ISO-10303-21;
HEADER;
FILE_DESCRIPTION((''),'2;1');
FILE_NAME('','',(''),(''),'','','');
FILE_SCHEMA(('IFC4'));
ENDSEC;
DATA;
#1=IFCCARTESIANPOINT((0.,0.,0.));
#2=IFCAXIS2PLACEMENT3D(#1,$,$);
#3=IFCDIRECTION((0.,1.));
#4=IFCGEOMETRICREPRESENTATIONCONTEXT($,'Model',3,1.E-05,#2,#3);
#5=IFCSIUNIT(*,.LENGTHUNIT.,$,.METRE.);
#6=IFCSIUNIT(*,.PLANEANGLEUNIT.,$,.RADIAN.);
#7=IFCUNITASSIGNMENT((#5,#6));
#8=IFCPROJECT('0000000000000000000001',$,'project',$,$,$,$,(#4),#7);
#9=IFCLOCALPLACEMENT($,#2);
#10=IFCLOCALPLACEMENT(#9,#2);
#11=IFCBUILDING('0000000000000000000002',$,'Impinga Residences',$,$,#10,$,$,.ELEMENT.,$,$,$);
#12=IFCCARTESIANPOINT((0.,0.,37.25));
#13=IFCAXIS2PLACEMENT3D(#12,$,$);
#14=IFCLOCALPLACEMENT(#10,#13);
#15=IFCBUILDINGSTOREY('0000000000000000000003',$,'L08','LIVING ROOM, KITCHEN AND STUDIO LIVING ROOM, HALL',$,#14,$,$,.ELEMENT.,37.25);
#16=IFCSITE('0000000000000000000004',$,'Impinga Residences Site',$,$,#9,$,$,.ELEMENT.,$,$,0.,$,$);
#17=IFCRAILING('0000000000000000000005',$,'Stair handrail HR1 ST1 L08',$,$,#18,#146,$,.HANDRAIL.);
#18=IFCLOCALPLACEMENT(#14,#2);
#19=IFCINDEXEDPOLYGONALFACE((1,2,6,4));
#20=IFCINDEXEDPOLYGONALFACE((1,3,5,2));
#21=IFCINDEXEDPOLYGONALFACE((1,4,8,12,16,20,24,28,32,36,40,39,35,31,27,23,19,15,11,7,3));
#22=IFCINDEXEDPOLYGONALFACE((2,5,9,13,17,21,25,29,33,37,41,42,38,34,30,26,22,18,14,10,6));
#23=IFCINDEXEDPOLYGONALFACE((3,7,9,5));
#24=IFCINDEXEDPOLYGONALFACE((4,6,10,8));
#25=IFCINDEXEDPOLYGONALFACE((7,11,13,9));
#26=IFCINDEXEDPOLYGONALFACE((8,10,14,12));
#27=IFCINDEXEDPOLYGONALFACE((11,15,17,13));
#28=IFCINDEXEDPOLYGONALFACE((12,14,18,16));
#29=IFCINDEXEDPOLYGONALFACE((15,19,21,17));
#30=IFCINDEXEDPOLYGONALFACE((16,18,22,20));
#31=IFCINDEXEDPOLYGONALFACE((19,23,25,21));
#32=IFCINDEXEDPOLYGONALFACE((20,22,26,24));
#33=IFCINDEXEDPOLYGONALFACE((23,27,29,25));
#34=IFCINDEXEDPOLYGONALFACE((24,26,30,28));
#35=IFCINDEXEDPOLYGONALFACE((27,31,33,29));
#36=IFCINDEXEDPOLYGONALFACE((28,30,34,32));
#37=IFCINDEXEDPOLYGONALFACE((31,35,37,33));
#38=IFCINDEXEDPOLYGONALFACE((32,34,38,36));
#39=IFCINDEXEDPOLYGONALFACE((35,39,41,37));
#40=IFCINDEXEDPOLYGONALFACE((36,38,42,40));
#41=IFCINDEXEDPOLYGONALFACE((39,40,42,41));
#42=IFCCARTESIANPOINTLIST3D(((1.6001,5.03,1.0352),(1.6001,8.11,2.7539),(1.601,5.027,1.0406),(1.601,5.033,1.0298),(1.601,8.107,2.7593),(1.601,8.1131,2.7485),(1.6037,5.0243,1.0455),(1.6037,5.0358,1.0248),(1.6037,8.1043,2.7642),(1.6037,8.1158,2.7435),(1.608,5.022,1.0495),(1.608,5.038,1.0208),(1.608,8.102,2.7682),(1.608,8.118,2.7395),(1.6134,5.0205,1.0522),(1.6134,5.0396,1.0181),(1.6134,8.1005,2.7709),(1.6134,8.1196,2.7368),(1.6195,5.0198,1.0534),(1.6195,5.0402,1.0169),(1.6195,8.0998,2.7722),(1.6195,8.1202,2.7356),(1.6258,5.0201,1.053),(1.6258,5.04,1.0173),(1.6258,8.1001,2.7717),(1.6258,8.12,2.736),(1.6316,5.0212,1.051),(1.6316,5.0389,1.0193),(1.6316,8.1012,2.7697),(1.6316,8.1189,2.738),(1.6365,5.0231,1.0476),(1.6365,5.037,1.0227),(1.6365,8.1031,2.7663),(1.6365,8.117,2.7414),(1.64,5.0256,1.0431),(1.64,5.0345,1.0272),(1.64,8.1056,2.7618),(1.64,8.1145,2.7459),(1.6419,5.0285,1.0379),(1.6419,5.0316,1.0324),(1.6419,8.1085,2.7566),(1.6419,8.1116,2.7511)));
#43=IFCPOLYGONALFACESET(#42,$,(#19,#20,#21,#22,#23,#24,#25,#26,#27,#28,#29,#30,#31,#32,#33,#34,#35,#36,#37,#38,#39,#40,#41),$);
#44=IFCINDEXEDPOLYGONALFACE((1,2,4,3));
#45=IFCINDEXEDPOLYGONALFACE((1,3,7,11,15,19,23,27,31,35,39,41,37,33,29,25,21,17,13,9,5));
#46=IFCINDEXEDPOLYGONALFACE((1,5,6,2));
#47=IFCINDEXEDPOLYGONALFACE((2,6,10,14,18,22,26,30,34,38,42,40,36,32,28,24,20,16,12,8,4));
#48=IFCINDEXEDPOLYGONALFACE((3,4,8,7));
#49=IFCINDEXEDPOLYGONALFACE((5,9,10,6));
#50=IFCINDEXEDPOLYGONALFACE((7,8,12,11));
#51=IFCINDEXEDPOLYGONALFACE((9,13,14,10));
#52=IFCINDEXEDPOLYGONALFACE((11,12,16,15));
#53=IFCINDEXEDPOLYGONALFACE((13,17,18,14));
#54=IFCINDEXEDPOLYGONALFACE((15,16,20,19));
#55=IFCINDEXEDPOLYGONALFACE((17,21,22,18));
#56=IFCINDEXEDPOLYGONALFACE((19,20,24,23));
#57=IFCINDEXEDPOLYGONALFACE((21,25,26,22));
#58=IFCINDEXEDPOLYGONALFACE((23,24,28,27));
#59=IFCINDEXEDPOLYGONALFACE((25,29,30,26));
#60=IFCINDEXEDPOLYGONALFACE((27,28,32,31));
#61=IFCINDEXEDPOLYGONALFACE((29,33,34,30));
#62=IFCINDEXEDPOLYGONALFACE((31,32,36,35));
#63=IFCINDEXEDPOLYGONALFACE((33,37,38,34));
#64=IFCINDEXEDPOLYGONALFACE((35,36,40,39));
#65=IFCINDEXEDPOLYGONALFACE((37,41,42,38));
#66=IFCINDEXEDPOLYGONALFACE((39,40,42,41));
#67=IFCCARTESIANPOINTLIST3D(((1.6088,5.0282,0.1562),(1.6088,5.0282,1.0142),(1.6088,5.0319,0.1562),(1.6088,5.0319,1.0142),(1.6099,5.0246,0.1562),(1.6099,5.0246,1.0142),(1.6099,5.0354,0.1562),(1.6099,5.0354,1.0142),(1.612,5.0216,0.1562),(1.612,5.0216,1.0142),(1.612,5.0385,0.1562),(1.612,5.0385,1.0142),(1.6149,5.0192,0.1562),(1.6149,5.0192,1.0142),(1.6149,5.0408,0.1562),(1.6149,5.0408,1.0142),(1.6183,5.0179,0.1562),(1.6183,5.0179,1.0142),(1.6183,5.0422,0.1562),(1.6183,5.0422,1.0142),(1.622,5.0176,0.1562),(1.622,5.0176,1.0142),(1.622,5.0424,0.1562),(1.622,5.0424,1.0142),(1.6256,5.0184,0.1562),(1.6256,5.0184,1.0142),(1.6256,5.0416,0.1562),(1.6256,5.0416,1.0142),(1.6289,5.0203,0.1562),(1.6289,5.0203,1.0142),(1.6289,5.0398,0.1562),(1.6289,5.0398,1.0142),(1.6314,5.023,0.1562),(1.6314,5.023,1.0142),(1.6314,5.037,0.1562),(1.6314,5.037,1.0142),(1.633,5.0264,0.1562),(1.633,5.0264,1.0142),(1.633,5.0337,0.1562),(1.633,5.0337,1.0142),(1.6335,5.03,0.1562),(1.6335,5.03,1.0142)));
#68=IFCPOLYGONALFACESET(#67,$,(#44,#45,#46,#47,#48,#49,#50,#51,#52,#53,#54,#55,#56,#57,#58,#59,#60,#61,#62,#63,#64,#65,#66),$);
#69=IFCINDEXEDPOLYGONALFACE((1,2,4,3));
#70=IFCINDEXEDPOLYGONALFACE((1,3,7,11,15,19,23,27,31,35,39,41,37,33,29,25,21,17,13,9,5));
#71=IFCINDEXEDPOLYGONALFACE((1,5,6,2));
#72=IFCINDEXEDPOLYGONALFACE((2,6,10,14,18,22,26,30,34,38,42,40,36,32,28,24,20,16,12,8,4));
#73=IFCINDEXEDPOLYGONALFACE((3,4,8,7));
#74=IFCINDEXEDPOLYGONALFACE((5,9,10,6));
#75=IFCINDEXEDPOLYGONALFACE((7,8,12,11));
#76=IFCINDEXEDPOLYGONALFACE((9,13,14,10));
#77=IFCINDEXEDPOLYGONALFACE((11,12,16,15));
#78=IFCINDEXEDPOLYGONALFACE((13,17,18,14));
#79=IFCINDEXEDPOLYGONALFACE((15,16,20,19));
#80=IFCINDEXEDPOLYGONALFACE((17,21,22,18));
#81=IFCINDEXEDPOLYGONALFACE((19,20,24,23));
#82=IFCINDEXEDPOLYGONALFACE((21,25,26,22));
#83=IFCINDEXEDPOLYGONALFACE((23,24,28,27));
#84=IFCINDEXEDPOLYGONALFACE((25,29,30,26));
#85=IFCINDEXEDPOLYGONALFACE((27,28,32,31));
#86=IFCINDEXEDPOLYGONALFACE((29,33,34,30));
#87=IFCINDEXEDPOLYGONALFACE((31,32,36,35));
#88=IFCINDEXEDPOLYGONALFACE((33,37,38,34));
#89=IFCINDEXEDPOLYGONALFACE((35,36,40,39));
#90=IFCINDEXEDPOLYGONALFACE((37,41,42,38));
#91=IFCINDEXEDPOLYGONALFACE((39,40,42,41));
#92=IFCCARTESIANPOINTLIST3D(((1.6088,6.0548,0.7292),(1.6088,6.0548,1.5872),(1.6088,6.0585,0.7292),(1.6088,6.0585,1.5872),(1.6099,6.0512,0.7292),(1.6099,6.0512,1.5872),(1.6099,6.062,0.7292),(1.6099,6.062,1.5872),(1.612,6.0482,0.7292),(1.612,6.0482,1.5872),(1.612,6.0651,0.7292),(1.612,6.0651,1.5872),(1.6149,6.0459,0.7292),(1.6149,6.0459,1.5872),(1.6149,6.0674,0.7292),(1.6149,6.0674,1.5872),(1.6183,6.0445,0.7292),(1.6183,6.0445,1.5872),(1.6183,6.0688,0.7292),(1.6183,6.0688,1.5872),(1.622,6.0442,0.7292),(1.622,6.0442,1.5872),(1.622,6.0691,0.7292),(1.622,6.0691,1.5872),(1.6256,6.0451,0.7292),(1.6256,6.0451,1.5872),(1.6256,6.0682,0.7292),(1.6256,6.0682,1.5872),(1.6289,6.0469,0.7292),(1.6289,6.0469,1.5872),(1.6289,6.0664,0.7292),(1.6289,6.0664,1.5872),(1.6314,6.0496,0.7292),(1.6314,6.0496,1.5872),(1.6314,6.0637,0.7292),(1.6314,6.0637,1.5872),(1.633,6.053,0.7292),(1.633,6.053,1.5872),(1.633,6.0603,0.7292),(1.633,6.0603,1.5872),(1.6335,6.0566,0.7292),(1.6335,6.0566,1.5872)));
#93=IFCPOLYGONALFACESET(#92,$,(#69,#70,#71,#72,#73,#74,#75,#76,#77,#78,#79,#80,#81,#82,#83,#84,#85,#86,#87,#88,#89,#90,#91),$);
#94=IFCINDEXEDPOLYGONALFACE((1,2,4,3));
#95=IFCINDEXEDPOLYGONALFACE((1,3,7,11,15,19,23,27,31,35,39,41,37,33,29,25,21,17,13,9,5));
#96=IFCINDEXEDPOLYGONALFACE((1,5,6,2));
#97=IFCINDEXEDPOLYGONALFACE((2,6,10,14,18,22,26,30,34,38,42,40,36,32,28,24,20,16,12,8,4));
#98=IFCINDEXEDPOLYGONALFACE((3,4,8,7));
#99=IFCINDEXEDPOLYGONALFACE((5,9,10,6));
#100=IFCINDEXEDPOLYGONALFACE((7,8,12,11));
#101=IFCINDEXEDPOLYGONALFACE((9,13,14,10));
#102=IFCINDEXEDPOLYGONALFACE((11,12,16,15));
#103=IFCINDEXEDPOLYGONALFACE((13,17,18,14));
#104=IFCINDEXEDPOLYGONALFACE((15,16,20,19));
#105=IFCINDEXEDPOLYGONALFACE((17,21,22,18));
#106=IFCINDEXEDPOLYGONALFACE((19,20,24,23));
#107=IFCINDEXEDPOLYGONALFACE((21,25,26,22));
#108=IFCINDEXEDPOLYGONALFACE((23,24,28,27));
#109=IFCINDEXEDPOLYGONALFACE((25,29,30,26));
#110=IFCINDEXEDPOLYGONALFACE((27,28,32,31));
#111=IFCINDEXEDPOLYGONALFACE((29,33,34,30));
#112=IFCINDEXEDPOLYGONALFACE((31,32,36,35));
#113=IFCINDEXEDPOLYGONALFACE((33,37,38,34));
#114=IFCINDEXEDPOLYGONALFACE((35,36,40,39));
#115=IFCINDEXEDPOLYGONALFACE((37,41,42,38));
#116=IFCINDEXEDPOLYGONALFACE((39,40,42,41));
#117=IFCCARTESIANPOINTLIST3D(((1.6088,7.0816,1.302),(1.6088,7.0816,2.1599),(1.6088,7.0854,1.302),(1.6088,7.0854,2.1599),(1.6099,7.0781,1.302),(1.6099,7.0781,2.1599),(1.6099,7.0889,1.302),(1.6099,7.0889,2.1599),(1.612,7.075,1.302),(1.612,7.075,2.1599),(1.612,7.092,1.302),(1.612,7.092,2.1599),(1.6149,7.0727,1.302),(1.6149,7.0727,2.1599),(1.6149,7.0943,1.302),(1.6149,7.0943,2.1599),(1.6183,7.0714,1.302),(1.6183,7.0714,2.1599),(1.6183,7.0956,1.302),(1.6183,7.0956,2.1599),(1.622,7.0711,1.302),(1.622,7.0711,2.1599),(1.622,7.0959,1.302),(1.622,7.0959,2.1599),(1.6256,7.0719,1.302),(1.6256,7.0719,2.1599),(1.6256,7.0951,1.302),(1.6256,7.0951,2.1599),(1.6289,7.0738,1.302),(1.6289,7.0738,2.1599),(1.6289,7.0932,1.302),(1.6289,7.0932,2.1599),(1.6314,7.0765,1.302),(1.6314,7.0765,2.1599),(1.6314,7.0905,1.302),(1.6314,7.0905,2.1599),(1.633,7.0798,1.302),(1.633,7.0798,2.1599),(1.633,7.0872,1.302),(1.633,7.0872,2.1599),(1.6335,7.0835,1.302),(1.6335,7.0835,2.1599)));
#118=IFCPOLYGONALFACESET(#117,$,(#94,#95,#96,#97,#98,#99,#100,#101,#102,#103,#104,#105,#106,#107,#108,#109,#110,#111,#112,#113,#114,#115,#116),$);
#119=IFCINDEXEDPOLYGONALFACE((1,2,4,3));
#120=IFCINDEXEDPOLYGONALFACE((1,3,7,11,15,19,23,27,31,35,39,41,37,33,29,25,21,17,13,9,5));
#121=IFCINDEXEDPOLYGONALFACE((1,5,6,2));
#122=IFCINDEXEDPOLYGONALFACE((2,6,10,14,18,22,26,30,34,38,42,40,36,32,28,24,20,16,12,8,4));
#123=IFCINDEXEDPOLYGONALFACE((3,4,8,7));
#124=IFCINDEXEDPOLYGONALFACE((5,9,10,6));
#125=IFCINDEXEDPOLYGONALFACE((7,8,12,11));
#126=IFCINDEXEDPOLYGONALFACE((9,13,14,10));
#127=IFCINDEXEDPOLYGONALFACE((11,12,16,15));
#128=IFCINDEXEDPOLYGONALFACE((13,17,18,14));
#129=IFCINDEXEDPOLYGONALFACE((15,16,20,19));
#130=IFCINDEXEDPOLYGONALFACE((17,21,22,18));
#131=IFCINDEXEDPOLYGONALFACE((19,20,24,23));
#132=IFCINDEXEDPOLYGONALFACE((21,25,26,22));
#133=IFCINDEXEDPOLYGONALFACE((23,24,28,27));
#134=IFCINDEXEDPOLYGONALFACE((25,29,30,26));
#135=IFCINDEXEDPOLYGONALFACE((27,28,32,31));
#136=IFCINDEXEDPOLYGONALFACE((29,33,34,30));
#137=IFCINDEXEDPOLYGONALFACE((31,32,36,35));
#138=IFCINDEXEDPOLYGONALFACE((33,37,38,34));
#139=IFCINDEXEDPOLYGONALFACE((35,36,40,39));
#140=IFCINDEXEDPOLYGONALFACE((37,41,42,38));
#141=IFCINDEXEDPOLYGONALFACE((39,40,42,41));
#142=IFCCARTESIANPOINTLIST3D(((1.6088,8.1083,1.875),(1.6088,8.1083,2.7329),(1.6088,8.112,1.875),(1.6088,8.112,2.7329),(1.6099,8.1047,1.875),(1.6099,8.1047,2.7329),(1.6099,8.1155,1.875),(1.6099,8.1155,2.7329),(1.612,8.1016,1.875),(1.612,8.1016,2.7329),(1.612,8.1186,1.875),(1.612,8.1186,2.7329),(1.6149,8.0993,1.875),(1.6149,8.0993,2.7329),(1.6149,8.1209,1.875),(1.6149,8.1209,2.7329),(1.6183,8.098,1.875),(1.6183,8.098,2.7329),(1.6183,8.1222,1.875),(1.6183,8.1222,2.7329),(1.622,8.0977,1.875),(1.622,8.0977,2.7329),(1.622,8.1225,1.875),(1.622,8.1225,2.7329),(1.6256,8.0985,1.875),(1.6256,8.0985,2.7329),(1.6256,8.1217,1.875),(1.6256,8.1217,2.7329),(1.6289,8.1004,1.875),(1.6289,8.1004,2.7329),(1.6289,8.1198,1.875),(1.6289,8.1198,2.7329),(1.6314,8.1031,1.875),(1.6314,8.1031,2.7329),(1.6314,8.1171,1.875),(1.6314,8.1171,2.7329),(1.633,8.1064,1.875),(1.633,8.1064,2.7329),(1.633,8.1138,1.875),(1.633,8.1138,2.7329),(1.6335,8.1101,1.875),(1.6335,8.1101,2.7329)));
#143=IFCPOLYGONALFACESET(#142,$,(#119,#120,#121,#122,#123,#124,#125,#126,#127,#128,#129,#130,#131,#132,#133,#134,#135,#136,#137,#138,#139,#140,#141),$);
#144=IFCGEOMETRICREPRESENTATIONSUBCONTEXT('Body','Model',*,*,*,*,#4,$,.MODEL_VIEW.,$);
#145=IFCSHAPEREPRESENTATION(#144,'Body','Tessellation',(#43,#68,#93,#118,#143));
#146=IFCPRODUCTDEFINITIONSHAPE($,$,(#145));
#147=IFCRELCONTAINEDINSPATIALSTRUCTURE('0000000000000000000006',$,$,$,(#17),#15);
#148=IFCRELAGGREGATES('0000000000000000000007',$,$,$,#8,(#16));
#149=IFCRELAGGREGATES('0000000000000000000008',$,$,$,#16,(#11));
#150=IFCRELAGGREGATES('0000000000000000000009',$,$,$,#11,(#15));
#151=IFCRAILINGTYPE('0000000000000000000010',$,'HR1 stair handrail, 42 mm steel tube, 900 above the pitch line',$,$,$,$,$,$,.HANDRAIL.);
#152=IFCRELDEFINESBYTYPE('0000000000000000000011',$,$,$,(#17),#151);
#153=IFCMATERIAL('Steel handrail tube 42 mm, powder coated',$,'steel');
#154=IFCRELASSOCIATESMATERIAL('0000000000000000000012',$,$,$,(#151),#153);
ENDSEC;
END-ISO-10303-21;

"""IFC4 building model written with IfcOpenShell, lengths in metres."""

from ifc_helpers import new_model, si_unit, direction, frame, origin, origin_2d, place, context, subcontext, project, spatial, circle, extrude, material, type_object, element, save


model = new_model("IFC4")

# Units and contexts
model_context = context("Model", 3, precision=1e-05, world=origin(), true_north=direction((0.0, 1.0)))
body_context = subcontext(model_context, "Body", "Model", "MODEL_VIEW")
ifc_project = project(units=[si_unit("LENGTHUNIT", "METRE"), si_unit("PLANEANGLEUNIT", "RADIAN")], contexts=[model_context])

# Site, building, storey
site_placement = place(None, origin())
site = spatial("IfcSite", under=ifc_project, at=site_placement, Name="Impinga Residences Site", CompositionType="ELEMENT", RefElevation=0.0)
building_placement = place(site_placement, origin())
building = spatial("IfcBuilding", under=site, at=building_placement, Name="Impinga Residences", CompositionType="ELEMENT")
storey_placement = place(building_placement, frame((0.0, 0.0, 37.25)))
storey = spatial("IfcBuildingStorey", under=building, at=storey_placement, Name="L08", Description="LIVING ROOM, KITCHEN AND STUDIO LIVING ROOM, HALL", CompositionType="ELEMENT", Elevation=37.25)

# Railing
ifc_material_1 = material(Name="Steel handrail tube 42 mm, powder coated", Category="steel")
railing_type_1 = type_object("IfcRailingType", Name="HR1 stair handrail, 42 mm steel tube, 900 above the pitch line", PredefinedType="HANDRAIL", material=ifc_material_1)
railing_1_placement = place(storey_placement, frame((1.6211, 5.03, 0.1562)))
element("IfcRailing", 1, at=railing_1_placement, inside=storey, type_object=railing_type_1, Name="Stair handrail HR1 ST1 L08", PredefinedType="HANDRAIL", context=body_context, shape_type="SweptSolid", body=[
    extrude(circle(Radius=0.021, at=origin_2d()), frame((0.0, 0.0, 0.8789), z_axis=(0.0, 0.873242, 0.487288), x_axis=(-1.0, 0.0, 0.0)), (0.0, 0.0, 1.0), 3.5271),
    extrude(circle(Radius=0.0125, at=origin_2d()), origin(), (0.0, 0.0, 1.0), 0.8579),
    extrude(circle(Radius=0.0125, at=origin_2d()), frame((0.0, 1.0266, 0.573)), (0.0, 0.0, 1.0), 0.8579),
    extrude(circle(Radius=0.0125, at=origin_2d()), frame((0.0, 2.0535, 1.1458)), (0.0, 0.0, 1.0), 0.8579),
    extrude(circle(Radius=0.0125, at=origin_2d()), frame((0.0, 3.0801, 1.7188)), (0.0, 0.0, 1.0), 0.8579),
])

save(model, "model.ifc")
